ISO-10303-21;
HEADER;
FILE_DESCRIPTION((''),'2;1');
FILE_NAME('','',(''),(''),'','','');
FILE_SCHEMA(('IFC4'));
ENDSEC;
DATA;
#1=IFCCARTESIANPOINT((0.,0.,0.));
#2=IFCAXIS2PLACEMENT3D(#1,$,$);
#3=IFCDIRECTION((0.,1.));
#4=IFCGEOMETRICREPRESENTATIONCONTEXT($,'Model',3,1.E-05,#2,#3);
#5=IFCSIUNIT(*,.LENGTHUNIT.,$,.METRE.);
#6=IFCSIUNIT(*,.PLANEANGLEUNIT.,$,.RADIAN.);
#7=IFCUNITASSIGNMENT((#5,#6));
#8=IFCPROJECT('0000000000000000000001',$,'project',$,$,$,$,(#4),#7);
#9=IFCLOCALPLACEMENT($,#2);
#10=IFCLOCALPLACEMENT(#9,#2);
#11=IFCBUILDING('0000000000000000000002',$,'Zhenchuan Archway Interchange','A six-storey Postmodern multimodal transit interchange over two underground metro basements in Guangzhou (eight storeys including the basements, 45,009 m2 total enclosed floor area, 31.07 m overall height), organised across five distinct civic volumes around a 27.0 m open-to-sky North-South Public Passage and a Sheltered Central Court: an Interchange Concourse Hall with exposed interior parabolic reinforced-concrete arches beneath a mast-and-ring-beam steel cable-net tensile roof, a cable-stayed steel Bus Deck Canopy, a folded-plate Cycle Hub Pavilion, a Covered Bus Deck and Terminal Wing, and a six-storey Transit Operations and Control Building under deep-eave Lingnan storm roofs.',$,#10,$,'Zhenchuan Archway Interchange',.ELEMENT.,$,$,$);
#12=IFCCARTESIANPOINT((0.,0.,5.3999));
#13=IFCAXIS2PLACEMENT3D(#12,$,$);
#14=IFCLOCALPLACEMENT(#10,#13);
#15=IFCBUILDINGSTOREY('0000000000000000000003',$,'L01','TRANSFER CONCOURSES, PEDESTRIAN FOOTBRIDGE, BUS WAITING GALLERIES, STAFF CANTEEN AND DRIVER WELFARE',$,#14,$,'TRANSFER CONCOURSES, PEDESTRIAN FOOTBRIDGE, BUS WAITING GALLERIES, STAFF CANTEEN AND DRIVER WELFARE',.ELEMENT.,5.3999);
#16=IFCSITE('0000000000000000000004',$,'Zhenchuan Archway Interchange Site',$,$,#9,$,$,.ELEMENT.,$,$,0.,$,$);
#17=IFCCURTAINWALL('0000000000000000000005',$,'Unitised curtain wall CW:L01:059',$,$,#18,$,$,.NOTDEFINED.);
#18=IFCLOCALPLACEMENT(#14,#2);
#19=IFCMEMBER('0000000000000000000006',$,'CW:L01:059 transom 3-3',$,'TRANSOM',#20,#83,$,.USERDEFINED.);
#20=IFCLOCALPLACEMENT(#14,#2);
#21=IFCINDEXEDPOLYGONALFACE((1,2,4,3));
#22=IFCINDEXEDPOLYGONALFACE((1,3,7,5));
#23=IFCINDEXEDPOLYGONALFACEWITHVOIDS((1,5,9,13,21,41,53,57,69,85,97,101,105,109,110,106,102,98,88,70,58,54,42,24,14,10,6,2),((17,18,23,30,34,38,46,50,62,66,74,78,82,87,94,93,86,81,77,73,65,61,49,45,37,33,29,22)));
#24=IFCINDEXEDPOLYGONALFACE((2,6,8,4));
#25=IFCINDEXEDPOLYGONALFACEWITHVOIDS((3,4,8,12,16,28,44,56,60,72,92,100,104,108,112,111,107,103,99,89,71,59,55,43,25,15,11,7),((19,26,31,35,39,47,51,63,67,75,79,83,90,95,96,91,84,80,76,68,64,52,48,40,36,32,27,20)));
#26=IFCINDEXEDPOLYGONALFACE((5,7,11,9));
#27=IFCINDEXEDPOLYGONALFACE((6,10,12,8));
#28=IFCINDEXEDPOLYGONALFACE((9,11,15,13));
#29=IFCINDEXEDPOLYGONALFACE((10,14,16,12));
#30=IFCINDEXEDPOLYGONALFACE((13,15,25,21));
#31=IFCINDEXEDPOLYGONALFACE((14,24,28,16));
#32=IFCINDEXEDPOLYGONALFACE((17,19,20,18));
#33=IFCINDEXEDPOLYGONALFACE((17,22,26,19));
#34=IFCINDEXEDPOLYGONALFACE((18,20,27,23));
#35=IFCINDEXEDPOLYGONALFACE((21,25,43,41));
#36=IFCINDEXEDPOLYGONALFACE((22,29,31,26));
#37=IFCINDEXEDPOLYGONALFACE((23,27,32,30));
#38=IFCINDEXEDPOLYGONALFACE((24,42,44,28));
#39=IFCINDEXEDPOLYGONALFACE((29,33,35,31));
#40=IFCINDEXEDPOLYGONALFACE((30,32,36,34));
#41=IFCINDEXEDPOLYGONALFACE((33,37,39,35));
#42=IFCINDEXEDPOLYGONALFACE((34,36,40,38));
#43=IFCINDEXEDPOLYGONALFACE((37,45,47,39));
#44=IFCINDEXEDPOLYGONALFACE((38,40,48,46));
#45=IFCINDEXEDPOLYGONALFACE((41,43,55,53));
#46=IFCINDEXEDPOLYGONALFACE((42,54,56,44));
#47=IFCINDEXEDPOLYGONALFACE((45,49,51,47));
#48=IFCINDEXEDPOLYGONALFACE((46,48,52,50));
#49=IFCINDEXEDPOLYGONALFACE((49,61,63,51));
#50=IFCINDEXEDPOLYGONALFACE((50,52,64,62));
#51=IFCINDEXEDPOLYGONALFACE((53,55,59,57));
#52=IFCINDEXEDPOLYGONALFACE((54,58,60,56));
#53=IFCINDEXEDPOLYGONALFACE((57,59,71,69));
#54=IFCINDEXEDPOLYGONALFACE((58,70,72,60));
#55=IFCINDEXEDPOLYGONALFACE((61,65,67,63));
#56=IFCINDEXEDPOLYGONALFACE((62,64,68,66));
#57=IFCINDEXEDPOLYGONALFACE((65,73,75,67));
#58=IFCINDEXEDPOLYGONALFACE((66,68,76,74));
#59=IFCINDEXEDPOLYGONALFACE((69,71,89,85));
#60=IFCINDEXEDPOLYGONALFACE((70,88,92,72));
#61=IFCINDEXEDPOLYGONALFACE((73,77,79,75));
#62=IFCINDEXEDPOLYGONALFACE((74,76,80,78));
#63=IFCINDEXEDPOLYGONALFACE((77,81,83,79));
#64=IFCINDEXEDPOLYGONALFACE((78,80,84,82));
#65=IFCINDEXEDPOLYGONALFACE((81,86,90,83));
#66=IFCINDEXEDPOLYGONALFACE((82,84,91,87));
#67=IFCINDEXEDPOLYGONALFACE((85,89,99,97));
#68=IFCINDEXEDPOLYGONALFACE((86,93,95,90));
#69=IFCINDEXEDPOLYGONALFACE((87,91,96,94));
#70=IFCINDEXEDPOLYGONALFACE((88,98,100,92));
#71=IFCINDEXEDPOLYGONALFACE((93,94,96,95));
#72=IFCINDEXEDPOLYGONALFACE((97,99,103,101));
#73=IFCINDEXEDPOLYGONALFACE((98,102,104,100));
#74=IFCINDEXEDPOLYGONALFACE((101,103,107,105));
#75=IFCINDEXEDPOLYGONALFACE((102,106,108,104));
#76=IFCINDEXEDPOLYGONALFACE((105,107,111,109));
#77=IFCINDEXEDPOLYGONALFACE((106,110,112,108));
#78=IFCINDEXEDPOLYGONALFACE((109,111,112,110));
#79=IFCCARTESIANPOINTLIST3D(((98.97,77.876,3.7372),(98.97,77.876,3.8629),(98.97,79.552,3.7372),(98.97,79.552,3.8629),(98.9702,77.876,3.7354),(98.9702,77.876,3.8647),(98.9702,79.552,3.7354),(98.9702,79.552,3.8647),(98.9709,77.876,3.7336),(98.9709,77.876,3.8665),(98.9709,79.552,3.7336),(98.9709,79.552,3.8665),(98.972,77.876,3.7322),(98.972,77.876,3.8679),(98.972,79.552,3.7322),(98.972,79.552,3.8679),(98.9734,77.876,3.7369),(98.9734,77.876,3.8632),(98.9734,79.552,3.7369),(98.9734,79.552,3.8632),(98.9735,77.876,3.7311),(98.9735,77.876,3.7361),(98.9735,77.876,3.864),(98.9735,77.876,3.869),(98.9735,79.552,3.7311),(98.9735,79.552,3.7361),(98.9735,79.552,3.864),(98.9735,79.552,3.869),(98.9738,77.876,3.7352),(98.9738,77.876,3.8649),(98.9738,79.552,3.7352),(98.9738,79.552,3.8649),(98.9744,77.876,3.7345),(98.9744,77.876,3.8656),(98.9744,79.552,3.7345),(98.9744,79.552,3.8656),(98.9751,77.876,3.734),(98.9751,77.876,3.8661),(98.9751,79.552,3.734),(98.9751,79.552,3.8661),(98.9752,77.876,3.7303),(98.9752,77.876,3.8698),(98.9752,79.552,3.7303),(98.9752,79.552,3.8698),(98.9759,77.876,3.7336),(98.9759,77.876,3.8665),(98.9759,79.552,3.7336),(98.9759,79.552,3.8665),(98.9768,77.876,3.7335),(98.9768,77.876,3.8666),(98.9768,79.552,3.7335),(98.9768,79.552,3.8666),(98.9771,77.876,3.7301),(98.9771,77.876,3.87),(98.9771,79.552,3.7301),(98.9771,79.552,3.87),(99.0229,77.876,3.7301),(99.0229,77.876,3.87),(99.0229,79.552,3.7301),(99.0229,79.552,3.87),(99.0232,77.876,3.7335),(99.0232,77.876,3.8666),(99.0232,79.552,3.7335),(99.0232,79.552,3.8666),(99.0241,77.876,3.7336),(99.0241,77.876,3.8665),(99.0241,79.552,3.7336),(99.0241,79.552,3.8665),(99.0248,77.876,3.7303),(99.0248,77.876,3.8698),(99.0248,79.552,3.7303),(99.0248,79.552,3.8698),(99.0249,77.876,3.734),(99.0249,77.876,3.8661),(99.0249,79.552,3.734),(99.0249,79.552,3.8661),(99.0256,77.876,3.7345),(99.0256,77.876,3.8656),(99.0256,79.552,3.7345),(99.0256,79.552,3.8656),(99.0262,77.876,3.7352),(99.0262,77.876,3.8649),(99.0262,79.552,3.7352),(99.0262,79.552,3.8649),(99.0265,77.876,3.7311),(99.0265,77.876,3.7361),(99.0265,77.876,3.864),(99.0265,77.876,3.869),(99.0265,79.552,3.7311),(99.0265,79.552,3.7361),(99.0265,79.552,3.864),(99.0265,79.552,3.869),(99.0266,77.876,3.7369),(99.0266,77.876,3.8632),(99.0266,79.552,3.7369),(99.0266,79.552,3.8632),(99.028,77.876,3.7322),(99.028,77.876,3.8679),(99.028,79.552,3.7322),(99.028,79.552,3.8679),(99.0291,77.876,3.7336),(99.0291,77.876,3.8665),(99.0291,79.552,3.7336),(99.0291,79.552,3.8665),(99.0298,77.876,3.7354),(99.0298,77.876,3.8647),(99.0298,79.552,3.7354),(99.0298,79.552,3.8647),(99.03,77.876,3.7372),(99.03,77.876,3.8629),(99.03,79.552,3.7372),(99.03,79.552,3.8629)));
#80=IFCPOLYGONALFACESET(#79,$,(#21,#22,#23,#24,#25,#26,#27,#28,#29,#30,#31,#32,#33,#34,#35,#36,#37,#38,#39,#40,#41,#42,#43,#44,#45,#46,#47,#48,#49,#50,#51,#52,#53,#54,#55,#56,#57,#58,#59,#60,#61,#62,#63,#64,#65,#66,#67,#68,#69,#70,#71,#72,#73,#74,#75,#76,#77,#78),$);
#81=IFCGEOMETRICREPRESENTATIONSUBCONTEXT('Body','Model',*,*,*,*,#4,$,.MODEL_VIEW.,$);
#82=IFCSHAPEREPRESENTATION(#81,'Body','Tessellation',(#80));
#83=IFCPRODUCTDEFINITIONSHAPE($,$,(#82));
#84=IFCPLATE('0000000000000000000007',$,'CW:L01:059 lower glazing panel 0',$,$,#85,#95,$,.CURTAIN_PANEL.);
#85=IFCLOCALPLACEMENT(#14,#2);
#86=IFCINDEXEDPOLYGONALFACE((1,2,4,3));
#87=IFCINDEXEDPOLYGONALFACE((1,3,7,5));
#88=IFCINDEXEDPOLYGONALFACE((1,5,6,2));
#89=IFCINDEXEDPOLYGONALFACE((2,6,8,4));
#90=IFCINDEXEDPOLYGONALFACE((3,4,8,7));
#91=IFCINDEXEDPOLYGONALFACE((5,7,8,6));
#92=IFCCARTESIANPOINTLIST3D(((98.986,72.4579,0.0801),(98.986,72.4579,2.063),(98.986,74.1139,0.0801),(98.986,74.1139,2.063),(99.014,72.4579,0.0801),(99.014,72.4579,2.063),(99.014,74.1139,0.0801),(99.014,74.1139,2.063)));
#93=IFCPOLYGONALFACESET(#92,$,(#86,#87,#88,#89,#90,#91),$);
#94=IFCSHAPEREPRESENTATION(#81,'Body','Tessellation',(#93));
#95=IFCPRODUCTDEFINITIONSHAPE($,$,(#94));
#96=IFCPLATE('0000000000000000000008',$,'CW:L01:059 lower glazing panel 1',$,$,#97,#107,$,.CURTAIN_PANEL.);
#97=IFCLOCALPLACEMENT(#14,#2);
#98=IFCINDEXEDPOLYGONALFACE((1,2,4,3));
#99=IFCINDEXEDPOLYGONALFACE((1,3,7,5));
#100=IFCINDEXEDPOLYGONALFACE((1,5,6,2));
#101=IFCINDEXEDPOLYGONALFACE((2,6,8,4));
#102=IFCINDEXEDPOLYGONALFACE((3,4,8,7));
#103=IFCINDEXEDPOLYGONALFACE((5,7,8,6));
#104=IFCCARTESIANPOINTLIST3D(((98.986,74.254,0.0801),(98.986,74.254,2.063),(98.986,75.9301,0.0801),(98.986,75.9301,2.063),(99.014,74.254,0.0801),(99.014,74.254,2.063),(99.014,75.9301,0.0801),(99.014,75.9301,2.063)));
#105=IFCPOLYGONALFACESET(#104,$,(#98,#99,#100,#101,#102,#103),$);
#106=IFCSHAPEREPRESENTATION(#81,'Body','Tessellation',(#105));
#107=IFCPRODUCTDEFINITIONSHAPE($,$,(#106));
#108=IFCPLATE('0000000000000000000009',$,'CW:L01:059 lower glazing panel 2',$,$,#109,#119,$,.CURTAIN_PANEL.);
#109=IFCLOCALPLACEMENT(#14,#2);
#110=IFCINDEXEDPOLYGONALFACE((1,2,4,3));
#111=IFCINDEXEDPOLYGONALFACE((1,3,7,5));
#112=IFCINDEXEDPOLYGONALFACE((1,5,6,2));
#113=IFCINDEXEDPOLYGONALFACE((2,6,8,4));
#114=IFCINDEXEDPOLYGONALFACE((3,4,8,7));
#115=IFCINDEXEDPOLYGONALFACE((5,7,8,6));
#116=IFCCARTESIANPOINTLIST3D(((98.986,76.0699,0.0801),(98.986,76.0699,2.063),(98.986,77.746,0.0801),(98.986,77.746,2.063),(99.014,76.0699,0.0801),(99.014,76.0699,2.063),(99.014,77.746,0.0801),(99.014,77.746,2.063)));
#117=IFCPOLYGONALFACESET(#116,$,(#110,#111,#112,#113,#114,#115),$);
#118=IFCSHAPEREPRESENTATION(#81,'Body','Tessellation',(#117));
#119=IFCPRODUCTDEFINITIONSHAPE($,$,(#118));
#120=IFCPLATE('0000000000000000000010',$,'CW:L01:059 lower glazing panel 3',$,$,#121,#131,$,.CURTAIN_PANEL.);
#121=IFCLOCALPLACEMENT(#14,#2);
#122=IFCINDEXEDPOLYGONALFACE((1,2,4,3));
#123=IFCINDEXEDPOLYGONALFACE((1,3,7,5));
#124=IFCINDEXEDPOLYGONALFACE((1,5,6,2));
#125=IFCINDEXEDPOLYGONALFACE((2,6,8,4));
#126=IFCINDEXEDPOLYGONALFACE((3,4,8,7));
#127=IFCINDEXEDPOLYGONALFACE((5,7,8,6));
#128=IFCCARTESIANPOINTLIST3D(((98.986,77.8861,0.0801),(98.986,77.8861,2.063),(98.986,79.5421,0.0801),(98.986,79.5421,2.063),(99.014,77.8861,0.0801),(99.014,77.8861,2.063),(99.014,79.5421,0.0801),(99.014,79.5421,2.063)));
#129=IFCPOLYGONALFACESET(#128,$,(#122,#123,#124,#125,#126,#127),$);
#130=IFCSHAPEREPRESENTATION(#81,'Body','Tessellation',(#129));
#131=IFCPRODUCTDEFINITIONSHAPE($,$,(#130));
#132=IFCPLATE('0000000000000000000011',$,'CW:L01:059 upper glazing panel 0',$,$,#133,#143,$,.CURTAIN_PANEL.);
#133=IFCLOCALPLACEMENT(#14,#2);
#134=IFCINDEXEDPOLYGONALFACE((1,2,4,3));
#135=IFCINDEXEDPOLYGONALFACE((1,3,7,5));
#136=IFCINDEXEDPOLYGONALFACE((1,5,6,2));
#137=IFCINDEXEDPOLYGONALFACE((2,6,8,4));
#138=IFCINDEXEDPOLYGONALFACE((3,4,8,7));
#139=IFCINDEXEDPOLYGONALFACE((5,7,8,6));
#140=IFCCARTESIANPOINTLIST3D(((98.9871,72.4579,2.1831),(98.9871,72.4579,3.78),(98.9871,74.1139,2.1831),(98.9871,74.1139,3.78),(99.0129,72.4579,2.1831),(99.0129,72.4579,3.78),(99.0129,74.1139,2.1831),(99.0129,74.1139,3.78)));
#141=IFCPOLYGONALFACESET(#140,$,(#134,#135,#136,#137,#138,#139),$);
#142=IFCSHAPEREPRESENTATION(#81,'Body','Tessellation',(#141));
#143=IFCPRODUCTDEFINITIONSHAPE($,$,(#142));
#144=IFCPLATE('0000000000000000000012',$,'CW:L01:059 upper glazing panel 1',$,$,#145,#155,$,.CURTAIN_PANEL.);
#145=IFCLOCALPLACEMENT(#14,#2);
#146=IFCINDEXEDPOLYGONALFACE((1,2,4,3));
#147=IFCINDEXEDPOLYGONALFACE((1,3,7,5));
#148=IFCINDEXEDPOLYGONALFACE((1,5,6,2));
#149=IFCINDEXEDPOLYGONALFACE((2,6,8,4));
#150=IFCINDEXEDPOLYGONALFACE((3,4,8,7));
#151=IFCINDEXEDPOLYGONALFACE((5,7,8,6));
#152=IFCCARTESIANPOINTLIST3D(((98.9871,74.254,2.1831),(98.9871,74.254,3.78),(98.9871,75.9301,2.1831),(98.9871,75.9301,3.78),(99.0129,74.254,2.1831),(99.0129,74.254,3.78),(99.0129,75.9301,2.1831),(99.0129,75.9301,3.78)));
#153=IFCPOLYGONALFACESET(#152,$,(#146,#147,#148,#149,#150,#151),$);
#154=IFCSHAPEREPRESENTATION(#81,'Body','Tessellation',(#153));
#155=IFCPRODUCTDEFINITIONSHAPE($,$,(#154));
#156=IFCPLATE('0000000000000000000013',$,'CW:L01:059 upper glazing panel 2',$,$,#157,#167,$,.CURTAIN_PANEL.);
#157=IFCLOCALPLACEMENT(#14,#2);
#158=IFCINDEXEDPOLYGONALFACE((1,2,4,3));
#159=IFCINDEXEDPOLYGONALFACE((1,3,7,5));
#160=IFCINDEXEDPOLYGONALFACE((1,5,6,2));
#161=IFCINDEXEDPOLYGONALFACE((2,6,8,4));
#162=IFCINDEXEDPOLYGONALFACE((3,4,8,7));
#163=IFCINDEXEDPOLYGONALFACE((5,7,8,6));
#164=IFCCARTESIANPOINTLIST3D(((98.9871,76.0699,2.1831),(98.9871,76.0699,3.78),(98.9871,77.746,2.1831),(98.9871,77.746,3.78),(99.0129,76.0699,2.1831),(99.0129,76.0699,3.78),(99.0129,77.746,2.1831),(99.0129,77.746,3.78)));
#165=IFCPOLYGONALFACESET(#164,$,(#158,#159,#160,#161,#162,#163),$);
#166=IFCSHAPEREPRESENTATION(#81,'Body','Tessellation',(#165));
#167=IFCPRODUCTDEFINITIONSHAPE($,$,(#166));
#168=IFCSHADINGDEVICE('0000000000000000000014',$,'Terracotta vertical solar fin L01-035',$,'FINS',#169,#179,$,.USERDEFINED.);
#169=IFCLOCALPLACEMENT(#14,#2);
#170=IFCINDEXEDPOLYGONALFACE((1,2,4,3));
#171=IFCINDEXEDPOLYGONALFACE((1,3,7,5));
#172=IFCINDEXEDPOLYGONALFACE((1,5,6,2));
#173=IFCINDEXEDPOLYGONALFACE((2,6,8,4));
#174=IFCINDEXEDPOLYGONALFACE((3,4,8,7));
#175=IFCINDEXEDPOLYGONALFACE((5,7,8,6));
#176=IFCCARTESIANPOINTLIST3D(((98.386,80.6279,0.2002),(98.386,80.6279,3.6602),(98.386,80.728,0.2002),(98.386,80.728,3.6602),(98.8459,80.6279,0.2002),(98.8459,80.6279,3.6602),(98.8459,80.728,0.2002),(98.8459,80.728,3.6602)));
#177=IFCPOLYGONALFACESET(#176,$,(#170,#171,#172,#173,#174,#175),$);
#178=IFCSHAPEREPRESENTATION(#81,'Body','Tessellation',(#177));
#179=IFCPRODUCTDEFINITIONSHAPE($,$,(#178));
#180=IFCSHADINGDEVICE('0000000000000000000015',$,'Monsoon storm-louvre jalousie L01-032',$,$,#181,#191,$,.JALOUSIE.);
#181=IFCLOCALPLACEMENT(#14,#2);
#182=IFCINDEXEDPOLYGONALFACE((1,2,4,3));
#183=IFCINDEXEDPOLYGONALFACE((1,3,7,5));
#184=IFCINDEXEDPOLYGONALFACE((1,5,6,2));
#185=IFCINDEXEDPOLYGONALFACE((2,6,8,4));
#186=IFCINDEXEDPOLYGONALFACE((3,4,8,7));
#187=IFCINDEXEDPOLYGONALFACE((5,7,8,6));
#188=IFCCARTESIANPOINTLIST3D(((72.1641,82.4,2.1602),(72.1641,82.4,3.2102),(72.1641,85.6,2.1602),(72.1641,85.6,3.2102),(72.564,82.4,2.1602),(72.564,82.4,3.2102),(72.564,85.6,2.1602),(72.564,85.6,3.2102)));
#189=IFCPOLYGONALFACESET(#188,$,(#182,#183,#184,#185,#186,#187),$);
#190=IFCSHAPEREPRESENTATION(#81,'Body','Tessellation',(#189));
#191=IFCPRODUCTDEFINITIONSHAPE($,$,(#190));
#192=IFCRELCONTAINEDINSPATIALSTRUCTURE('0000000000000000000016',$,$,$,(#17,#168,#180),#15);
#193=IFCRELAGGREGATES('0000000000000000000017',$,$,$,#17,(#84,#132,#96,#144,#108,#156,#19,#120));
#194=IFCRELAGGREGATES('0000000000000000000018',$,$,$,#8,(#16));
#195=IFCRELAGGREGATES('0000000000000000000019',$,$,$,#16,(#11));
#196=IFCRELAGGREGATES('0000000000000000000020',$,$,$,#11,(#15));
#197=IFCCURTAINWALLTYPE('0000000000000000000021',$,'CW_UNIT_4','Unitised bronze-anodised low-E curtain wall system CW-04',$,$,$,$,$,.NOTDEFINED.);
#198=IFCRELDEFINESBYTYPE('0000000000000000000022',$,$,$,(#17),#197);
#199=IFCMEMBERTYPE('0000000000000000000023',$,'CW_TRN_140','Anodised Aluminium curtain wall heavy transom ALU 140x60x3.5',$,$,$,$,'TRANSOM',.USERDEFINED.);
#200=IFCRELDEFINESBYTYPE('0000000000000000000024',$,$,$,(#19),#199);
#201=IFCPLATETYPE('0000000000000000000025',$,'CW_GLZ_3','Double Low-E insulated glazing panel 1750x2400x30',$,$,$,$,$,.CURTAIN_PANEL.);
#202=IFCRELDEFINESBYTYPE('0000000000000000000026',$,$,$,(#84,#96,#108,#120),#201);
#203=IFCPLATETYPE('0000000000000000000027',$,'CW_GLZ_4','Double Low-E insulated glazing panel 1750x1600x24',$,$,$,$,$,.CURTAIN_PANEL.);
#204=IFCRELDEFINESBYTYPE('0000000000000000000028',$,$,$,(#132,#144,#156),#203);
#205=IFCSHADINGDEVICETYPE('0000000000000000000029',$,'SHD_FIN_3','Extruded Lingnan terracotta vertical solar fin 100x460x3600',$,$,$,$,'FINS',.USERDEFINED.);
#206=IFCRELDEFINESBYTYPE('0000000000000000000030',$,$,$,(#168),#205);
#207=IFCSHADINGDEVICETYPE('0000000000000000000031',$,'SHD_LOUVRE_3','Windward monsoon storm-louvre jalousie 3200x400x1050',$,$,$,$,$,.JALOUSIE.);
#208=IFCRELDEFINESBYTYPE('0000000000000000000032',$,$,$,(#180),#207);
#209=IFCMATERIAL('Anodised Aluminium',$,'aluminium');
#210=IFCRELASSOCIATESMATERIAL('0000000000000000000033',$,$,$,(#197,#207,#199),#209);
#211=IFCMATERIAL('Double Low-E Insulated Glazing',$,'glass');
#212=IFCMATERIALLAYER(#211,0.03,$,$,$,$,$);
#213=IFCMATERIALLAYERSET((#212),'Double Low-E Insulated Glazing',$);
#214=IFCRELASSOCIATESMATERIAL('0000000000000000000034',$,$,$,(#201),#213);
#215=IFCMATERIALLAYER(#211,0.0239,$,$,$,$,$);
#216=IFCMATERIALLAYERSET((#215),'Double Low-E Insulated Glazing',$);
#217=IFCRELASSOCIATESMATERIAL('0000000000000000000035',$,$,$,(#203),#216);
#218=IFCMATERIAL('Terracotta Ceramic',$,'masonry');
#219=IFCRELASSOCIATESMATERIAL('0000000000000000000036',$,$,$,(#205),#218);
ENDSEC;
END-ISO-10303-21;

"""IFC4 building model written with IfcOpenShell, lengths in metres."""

from ifc_helpers import new_model, si_unit, direction, frame, origin, origin_2d, place, context, subcontext, project, spatial, rectangle, hollow_rectangle, extrude, material, layer, layer_set, material_profile, profile_set, type_object, element, aggregate, save


model = new_model("IFC4")

# Units and contexts
model_context = context("Model", 3, precision=1e-05, world=origin(), true_north=direction((0.0, 1.0)))
body_context = subcontext(model_context, "Body", "Model", "MODEL_VIEW")
ifc_project = project(units=[si_unit("LENGTHUNIT", "METRE"), si_unit("PLANEANGLEUNIT", "RADIAN")], contexts=[model_context])

# Site, building, storey
site_placement = place(None, origin())
site = spatial("IfcSite", under=ifc_project, at=site_placement, Name="Zhenchuan Archway Interchange Site", CompositionType="ELEMENT", RefElevation=0.0)
building_placement = place(site_placement, origin())
building = spatial("IfcBuilding", under=site, at=building_placement, Name="Zhenchuan Archway Interchange", Description="A six-storey Postmodern multimodal transit interchange over two underground metro basements in Guangzhou (eight storeys including the basements, 45,009 m2 total enclosed floor area, 31.07 m overall height), organised across five distinct civic volumes around a 27.0 m open-to-sky North-South Public Passage and a Sheltered Central Court: an Interchange Concourse Hall with exposed interior parabolic reinforced-concrete arches beneath a mast-and-ring-beam steel cable-net tensile roof, a cable-stayed steel Bus Deck Canopy, a folded-plate Cycle Hub Pavilion, a Covered Bus Deck and Terminal Wing, and a six-storey Transit Operations and Control Building under deep-eave Lingnan storm roofs.", LongName="Zhenchuan Archway Interchange", CompositionType="ELEMENT")
storey_placement = place(building_placement, frame((0.0, 0.0, 5.3999)))
storey = spatial("IfcBuildingStorey", under=building, at=storey_placement, Name="L01", Description="TRANSFER CONCOURSES, PEDESTRIAN FOOTBRIDGE, BUS WAITING GALLERIES, STAFF CANTEEN AND DRIVER WELFARE", LongName="TRANSFER CONCOURSES, PEDESTRIAN FOOTBRIDGE, BUS WAITING GALLERIES, STAFF CANTEEN AND DRIVER WELFARE", CompositionType="ELEMENT", Elevation=5.3999)

# Curtain wall, member, plates
ifc_material_1 = material(Name="Anodised Aluminium", Category="aluminium")
curtain_wall_type = type_object("IfcCurtainWallType", Name="CW_UNIT_4", Description="Unitised bronze-anodised low-E curtain wall system CW-04", PredefinedType="NOTDEFINED", material=ifc_material_1)
curtain_wall_placement = place(storey_placement, origin())
curtain_wall = element("IfcCurtainWall", 1, at=curtain_wall_placement, inside=storey, type_object=curtain_wall_type, Name="Unitised curtain wall CW:L01:059", PredefinedType="NOTDEFINED")
ifc_material_profile_1 = material_profile(ifc_material_1, hollow_rectangle(XDim=0.0601, YDim=0.1399, WallThickness=0.0034, InnerFilletRadius=0.0034, OuterFilletRadius=0.0071, at=origin_2d()), Name="ALU 140x60x3.5")
ifc_profile_set_1 = profile_set([ifc_material_profile_1], Name="Anodised Aluminium")
member_type_1 = type_object("IfcMemberType", Name="CW_TRN_140", Description="Anodised Aluminium curtain wall heavy transom ALU 140x60x3.5", ElementType="TRANSOM", PredefinedType="USERDEFINED", material=ifc_profile_set_1)
member_1_placement = place(storey_placement, frame((99.0, 77.876, 3.8), z_axis=(0.0, 1.0, 0.0), x_axis=(-1.0, 0.0, 0.0)))
member_1 = element("IfcMember", 2, at=member_1_placement, type_object=member_type_1, Name="CW:L01:059 transom 3-3", ObjectType="TRANSOM", PredefinedType="USERDEFINED", context=body_context, shape_type="SweptSolid", body=[
    extrude(hollow_rectangle(XDim=0.0601, YDim=0.1399, WallThickness=0.0034, InnerFilletRadius=0.0034, OuterFilletRadius=0.0071, at=origin_2d()), origin(), (0.0, 0.0, 1.0), 1.676),
])
ifc_material_2 = material(Name="Double Low-E Insulated Glazing", Category="glass")
ifc_layer_1 = layer(ifc_material_2, 0.03)
ifc_layer_set_1 = layer_set([ifc_layer_1], Name="Double Low-E Insulated Glazing")
plate_type_1 = type_object("IfcPlateType", Name="CW_GLZ_3", Description="Double Low-E insulated glazing panel 1750x2400x30", PredefinedType="CURTAIN_PANEL", material=ifc_layer_set_1)
plate_1_placement = place(storey_placement, frame((99.0, 73.2859, 0.0801), z_axis=(0.0, 0.0, 1.0), x_axis=(0.0, 1.0, 0.0)))
plate_1 = element("IfcPlate", 3, at=plate_1_placement, type_object=plate_type_1, Name="CW:L01:059 lower glazing panel 0", PredefinedType="CURTAIN_PANEL", context=body_context, shape_type="SweptSolid", body=[
    extrude(rectangle(XDim=1.656, YDim=0.0281, at=origin_2d()), origin(), (0.0, 0.0, 1.0), 1.9829),
])
plate_2_placement = place(storey_placement, frame((99.0, 75.092, 0.0801), z_axis=(0.0, 0.0, 1.0), x_axis=(0.0, 1.0, 0.0)))
plate_2 = element("IfcPlate", 4, at=plate_2_placement, type_object=plate_type_1, Name="CW:L01:059 lower glazing panel 1", PredefinedType="CURTAIN_PANEL", context=body_context, shape_type="SweptSolid", body=[
    extrude(rectangle(XDim=1.676, YDim=0.0281, at=origin_2d()), origin(), (0.0, 0.0, 1.0), 1.9829),
])
plate_3_placement = place(storey_placement, frame((99.0, 76.908, 0.0801), z_axis=(0.0, 0.0, 1.0), x_axis=(0.0, 1.0, 0.0)))
plate_3 = element("IfcPlate", 5, at=plate_3_placement, type_object=plate_type_1, Name="CW:L01:059 lower glazing panel 2", PredefinedType="CURTAIN_PANEL", context=body_context, shape_type="SweptSolid", body=[
    extrude(rectangle(XDim=1.676, YDim=0.0281, at=origin_2d()), origin(), (0.0, 0.0, 1.0), 1.9829),
])
plate_4_placement = place(storey_placement, frame((99.0, 78.7141, 0.0801), z_axis=(0.0, 0.0, 1.0), x_axis=(0.0, 1.0, 0.0)))
plate_4 = element("IfcPlate", 6, at=plate_4_placement, type_object=plate_type_1, Name="CW:L01:059 lower glazing panel 3", PredefinedType="CURTAIN_PANEL", context=body_context, shape_type="SweptSolid", body=[
    extrude(rectangle(XDim=1.656, YDim=0.0281, at=origin_2d()), origin(), (0.0, 0.0, 1.0), 1.9829),
])
ifc_layer_2 = layer(ifc_material_2, 0.0239)
ifc_layer_set_2 = layer_set([ifc_layer_2], Name="Double Low-E Insulated Glazing")
plate_type_2 = type_object("IfcPlateType", Name="CW_GLZ_4", Description="Double Low-E insulated glazing panel 1750x1600x24", PredefinedType="CURTAIN_PANEL", material=ifc_layer_set_2)
plate_5_placement = place(storey_placement, frame((99.0, 73.2859, 2.1831), z_axis=(0.0, 0.0, 1.0), x_axis=(0.0, 1.0, 0.0)))
plate_5 = element("IfcPlate", 7, at=plate_5_placement, type_object=plate_type_2, Name="CW:L01:059 upper glazing panel 0", PredefinedType="CURTAIN_PANEL", context=body_context, shape_type="SweptSolid", body=[
    extrude(rectangle(XDim=1.656, YDim=0.0259, at=origin_2d()), origin(), (0.0, 0.0, 1.0), 1.5969),
])
plate_6_placement = place(storey_placement, frame((99.0, 75.092, 2.1831), z_axis=(0.0, 0.0, 1.0), x_axis=(0.0, 1.0, 0.0)))
plate_6 = element("IfcPlate", 8, at=plate_6_placement, type_object=plate_type_2, Name="CW:L01:059 upper glazing panel 1", PredefinedType="CURTAIN_PANEL", context=body_context, shape_type="SweptSolid", body=[
    extrude(rectangle(XDim=1.676, YDim=0.0259, at=origin_2d()), origin(), (0.0, 0.0, 1.0), 1.5969),
])
plate_7_placement = place(storey_placement, frame((99.0, 76.908, 2.1831), z_axis=(0.0, 0.0, 1.0), x_axis=(0.0, 1.0, 0.0)))
plate_7 = element("IfcPlate", 9, at=plate_7_placement, type_object=plate_type_2, Name="CW:L01:059 upper glazing panel 2", PredefinedType="CURTAIN_PANEL", context=body_context, shape_type="SweptSolid", body=[
    extrude(rectangle(XDim=1.676, YDim=0.0259, at=origin_2d()), origin(), (0.0, 0.0, 1.0), 1.5969),
])
aggregate(curtain_wall, [plate_1, plate_5, plate_2, plate_6, plate_3, plate_7, member_1, plate_4])

# Shading devices
ifc_material_3 = material(Name="Terracotta Ceramic", Category="masonry")
shading_device_type_1 = type_object("IfcShadingDeviceType", Name="SHD_FIN_3", Description="Extruded Lingnan terracotta vertical solar fin 100x460x3600", ElementType="FINS", PredefinedType="USERDEFINED", material=ifc_material_3)
shading_device_1_placement = place(storey_placement, frame((98.616, 80.678, 0.2002), z_axis=(0.0, 0.0, 1.0), x_axis=(0.0, 1.0, 0.0)))
element("IfcShadingDevice", 10, at=shading_device_1_placement, inside=storey, type_object=shading_device_type_1, Name="Terracotta vertical solar fin L01-035", ObjectType="FINS", PredefinedType="USERDEFINED", context=body_context, shape_type="SweptSolid", body=[
    extrude(rectangle(XDim=0.1001, YDim=0.46, at=origin_2d()), origin(), (0.0, 0.0, 1.0), 3.46),
])
shading_device_type_2 = type_object("IfcShadingDeviceType", Name="SHD_LOUVRE_3", Description="Windward monsoon storm-louvre jalousie 3200x400x1050", PredefinedType="JALOUSIE", material=ifc_material_1)
shading_device_2_placement = place(storey_placement, frame((72.364, 84.0, 2.1602), z_axis=(0.0, 0.0, 1.0), x_axis=(0.0, -1.0, 0.0)))
element("IfcShadingDevice", 11, at=shading_device_2_placement, inside=storey, type_object=shading_device_type_2, Name="Monsoon storm-louvre jalousie L01-032", PredefinedType="JALOUSIE", context=body_context, shape_type="SweptSolid", body=[
    extrude(rectangle(XDim=3.2, YDim=0.3999, at=origin_2d()), origin(), (0.0, 0.0, 1.0), 1.05),
])

save(model, "model.ifc")
